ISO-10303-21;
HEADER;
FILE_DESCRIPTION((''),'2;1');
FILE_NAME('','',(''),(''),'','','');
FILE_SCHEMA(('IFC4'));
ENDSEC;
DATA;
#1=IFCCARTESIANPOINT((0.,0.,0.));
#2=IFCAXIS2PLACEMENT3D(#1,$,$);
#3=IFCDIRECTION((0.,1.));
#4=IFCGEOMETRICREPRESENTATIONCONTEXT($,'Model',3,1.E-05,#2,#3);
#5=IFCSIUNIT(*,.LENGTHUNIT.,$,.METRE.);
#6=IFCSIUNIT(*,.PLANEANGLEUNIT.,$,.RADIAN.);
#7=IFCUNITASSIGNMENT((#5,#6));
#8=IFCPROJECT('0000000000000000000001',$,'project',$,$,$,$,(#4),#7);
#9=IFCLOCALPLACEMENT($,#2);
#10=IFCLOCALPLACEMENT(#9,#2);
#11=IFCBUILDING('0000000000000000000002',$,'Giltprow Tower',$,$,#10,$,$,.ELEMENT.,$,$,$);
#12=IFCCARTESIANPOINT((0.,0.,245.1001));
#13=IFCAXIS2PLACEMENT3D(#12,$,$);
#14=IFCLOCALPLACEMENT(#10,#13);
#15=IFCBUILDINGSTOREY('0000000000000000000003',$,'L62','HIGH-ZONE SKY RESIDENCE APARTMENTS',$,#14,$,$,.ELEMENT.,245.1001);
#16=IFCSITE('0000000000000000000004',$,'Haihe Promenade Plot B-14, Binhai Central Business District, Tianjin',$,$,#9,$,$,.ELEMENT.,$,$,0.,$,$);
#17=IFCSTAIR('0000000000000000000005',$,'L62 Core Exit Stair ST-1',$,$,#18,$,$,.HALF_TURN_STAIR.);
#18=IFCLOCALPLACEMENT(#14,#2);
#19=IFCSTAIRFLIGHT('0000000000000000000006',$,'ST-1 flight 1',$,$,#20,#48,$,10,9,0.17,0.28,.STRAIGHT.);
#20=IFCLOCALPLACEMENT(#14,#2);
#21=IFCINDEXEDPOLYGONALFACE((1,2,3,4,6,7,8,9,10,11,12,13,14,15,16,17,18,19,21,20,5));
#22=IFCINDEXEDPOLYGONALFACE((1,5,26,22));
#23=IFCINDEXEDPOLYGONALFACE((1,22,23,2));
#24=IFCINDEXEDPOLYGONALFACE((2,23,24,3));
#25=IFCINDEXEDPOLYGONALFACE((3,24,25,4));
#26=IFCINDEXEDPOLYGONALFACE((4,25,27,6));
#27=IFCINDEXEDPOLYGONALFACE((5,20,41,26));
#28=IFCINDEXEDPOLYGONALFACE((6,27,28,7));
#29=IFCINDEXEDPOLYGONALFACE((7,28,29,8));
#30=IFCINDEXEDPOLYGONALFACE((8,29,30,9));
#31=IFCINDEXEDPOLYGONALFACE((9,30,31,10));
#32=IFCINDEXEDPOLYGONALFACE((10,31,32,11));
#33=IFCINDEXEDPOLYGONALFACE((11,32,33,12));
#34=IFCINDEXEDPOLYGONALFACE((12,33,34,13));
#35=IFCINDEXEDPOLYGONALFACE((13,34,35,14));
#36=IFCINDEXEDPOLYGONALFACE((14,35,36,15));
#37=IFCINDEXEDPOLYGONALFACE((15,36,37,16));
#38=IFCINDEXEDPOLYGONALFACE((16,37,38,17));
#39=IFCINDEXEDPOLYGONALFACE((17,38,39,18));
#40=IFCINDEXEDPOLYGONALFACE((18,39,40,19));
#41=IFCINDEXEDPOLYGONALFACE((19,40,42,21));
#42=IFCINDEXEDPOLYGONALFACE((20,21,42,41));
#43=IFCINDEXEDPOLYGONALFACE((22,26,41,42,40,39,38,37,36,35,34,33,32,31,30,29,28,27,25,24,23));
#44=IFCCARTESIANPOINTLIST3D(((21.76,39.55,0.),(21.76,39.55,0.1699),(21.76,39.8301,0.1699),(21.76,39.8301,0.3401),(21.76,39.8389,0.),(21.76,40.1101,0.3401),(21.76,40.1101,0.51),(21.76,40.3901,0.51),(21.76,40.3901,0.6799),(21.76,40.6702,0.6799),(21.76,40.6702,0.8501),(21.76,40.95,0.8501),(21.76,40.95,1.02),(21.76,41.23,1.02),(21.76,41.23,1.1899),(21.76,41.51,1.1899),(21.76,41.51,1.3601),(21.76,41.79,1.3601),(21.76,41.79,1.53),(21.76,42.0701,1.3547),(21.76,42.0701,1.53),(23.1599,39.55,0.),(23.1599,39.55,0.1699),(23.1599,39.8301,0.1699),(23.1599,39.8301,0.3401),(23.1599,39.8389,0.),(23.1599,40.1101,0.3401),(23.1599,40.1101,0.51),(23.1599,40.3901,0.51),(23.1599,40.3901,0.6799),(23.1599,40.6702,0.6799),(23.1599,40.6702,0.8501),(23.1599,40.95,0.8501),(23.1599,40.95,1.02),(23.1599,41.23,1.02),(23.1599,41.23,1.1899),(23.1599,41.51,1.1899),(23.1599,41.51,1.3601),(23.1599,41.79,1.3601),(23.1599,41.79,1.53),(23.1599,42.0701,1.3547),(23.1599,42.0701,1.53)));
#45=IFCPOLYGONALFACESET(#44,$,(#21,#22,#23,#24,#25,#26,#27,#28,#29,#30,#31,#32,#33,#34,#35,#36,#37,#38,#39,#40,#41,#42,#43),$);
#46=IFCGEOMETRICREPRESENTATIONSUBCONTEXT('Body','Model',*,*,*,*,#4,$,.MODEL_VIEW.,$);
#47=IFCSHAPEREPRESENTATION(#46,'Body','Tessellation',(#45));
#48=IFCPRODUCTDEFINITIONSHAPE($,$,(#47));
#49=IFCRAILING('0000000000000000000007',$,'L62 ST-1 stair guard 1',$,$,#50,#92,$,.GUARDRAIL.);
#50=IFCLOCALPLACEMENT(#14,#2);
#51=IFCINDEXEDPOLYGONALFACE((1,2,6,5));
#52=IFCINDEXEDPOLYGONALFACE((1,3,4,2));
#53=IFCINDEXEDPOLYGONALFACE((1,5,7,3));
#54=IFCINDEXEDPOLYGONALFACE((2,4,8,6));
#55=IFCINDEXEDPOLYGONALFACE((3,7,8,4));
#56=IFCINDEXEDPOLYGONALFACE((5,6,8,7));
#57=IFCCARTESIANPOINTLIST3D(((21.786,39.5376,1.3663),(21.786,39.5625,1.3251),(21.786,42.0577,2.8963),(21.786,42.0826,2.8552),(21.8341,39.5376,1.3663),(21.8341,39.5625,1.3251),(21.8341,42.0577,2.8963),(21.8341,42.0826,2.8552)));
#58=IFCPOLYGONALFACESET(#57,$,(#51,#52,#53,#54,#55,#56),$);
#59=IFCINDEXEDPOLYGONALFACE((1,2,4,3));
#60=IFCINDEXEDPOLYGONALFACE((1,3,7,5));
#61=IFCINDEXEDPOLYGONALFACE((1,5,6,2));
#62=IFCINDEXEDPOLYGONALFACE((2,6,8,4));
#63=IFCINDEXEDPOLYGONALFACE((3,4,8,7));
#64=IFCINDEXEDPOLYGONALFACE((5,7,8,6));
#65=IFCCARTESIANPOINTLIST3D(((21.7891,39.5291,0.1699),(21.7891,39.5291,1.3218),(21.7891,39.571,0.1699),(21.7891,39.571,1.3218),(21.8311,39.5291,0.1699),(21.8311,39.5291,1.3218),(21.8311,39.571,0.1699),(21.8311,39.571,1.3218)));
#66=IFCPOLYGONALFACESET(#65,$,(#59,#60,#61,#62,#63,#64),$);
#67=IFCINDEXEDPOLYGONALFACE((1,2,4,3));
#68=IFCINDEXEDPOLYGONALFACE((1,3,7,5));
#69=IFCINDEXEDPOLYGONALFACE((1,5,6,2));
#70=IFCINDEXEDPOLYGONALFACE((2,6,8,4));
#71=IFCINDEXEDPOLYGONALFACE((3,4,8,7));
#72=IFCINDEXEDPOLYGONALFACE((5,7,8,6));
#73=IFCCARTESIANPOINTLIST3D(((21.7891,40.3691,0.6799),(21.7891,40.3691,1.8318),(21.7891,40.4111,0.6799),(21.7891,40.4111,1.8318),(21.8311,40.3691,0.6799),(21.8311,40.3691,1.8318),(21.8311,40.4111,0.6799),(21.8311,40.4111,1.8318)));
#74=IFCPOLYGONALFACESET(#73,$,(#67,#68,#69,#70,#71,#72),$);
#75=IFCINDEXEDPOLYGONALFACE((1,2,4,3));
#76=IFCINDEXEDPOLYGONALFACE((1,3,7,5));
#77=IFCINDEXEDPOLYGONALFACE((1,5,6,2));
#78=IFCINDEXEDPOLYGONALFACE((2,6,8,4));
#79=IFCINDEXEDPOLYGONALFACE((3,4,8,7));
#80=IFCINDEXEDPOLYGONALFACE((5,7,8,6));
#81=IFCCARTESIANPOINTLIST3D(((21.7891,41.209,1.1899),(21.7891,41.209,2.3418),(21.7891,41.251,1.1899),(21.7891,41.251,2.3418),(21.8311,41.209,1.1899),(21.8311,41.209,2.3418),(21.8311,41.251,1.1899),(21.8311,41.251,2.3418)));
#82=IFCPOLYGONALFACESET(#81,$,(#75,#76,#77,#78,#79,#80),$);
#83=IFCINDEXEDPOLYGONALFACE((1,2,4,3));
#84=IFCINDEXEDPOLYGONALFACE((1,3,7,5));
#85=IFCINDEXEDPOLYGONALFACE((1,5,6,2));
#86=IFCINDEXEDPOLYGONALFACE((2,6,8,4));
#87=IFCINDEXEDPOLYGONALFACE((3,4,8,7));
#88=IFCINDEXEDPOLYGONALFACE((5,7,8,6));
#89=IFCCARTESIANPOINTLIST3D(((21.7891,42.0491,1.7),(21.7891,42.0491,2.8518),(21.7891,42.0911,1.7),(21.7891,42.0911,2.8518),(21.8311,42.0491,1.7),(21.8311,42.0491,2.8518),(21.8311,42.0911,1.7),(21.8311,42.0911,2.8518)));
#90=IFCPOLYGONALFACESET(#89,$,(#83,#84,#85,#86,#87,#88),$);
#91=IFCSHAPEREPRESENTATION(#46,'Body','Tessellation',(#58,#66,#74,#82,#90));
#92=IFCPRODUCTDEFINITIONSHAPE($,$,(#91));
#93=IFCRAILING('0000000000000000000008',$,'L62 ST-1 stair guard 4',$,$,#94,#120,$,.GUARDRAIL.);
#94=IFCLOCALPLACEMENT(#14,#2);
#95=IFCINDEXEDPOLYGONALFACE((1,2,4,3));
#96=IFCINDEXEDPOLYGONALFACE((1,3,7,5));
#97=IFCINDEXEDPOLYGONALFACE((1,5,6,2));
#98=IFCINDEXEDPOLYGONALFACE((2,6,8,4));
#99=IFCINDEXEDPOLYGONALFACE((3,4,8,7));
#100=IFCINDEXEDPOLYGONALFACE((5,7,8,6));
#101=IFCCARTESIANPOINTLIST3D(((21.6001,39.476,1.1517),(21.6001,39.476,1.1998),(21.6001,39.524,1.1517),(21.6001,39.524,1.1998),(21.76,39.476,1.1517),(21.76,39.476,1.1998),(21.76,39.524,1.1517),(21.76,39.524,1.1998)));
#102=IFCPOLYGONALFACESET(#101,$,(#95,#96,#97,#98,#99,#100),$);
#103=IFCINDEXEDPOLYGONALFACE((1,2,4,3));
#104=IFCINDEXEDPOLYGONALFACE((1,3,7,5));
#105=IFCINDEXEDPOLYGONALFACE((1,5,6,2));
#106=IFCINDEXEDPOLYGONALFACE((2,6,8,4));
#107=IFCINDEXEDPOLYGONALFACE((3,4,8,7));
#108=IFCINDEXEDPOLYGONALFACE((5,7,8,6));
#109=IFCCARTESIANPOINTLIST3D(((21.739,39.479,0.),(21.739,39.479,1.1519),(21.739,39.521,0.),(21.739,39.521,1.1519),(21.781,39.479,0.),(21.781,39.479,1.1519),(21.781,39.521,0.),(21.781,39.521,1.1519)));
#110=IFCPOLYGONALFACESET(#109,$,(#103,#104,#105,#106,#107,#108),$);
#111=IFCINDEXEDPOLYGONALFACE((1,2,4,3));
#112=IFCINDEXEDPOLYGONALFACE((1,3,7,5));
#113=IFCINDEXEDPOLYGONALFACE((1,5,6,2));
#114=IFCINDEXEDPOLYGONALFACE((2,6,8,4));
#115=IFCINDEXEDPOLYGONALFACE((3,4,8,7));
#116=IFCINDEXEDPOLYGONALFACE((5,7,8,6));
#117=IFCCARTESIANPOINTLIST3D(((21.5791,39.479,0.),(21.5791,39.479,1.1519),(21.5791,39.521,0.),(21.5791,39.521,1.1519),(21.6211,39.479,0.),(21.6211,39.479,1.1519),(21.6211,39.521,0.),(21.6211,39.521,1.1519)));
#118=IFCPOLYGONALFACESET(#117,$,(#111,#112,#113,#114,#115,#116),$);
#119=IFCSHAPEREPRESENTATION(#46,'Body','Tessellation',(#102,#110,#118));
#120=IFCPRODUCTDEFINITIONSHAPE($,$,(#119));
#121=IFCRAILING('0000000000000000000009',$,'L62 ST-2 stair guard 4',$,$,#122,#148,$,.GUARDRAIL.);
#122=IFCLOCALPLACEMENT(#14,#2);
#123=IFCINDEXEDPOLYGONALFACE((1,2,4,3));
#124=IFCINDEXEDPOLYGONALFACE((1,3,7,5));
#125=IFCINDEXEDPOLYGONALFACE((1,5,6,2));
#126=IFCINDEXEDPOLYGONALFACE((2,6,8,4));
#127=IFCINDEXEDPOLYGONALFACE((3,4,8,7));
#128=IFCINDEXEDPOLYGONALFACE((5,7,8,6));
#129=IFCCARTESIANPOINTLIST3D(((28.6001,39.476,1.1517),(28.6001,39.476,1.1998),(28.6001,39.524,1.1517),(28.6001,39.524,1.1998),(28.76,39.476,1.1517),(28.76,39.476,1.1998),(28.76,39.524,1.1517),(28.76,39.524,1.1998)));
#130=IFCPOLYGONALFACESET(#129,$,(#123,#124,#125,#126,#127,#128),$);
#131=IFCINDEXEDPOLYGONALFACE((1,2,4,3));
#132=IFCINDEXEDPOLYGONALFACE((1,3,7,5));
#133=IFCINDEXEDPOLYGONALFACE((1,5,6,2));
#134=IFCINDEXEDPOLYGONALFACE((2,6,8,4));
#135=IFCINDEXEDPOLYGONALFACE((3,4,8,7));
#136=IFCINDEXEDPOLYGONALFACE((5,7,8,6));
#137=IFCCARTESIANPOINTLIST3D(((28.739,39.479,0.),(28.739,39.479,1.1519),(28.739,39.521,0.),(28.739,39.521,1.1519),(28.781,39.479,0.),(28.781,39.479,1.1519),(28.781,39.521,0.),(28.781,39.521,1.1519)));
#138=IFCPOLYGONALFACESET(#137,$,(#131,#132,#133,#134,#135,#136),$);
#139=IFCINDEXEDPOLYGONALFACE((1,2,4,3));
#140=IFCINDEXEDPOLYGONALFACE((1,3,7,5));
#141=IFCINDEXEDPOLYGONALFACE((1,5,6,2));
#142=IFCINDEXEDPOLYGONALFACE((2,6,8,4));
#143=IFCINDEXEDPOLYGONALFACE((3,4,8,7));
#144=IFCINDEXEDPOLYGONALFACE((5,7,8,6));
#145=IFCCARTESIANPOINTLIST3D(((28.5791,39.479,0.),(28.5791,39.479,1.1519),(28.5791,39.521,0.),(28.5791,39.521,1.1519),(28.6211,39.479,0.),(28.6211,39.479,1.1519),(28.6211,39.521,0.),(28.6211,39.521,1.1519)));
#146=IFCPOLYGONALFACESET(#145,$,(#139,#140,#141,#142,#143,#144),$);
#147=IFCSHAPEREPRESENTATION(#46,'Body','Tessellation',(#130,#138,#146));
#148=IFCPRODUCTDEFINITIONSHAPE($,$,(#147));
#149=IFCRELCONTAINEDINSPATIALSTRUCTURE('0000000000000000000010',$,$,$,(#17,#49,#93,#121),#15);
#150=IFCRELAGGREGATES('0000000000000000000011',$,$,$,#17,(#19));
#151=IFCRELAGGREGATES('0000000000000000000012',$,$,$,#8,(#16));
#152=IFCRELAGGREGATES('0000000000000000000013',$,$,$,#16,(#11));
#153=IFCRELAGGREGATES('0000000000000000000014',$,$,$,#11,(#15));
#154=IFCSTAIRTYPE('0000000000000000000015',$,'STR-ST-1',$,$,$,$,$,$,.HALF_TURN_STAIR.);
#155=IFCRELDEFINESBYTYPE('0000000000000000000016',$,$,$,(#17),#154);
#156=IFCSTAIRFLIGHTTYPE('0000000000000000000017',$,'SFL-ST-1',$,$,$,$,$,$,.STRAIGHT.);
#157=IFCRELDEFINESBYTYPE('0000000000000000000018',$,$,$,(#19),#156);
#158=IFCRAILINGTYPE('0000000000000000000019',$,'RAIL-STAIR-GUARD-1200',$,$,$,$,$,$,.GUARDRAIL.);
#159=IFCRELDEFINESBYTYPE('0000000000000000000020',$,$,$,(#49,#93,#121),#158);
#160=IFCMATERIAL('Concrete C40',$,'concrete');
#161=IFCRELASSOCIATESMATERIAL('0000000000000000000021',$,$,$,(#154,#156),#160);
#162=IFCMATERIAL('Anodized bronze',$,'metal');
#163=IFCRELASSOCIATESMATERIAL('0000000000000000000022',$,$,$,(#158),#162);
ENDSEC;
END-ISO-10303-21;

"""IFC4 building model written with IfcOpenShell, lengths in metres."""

from ifc_helpers import new_model, si_unit, direction, frame, origin, origin_2d, place, context, subcontext, project, spatial, polyline, rectangle, outline, extrude, material, type_object, element, aggregate, save


model = new_model("IFC4")

# Units and contexts
model_context = context("Model", 3, precision=1e-05, world=origin(), true_north=direction((0.0, 1.0)))
body_context = subcontext(model_context, "Body", "Model", "MODEL_VIEW")
ifc_project = project(units=[si_unit("LENGTHUNIT", "METRE"), si_unit("PLANEANGLEUNIT", "RADIAN")], contexts=[model_context])

# Site, building, storey
site_placement = place(None, origin())
site = spatial("IfcSite", under=ifc_project, at=site_placement, Name="Haihe Promenade Plot B-14, Binhai Central Business District, Tianjin", CompositionType="ELEMENT", RefElevation=0.0)
building_placement = place(site_placement, origin())
building = spatial("IfcBuilding", under=site, at=building_placement, Name="Giltprow Tower", CompositionType="ELEMENT")
storey_placement = place(building_placement, frame((0.0, 0.0, 245.1001)))
storey = spatial("IfcBuildingStorey", under=building, at=storey_placement, Name="L62", Description="HIGH-ZONE SKY RESIDENCE APARTMENTS", CompositionType="ELEMENT", Elevation=245.1001)

# Shared definitions
ifc_material_1 = material(Name="Concrete C40", Category="concrete")

# Stair, stair flight
stair_type = type_object("IfcStairType", Name="STR-ST-1", PredefinedType="HALF_TURN_STAIR", material=ifc_material_1)
stair_placement = place(storey_placement, origin())
stair = element("IfcStair", 1, at=stair_placement, inside=storey, type_object=stair_type, Name="L62 Core Exit Stair ST-1", PredefinedType="HALF_TURN_STAIR")
stair_flight_type = type_object("IfcStairFlightType", Name="SFL-ST-1", PredefinedType="STRAIGHT", material=ifc_material_1)
stair_flight_placement = place(storey_placement, frame((22.46, 39.55, 0.0), z_axis=(0.0, 0.0, 1.0), x_axis=(0.0, 1.0, 0.0)))
stair_flight = element("IfcStairFlight", 2, at=stair_flight_placement, type_object=stair_flight_type, Name="ST-1 flight 1", NumberOfRisers=10, NumberOfTreads=9, PredefinedType="STRAIGHT", RiserHeight=0.17, TreadLength=0.28, context=body_context, shape_type="SweptSolid", body=[
    extrude(outline(polyline([(0.0, 0.0), (0.0, 0.1699), (0.28, 0.1699), (0.28, 0.3401), (0.5601, 0.3401), (0.5601, 0.51), (0.8401, 0.51), (0.8401, 0.6799), (1.1201, 0.6799), (1.1201, 0.8501), (1.3999, 0.8501), (1.3999, 1.02), (1.6799, 1.02), (1.6799, 1.1899), (1.96, 1.1899), (1.96, 1.3601), (2.24, 1.3601), (2.24, 1.53), (2.52, 1.53), (2.52, 1.7), (2.52, 1.3547), (0.2888, 0.0), (0.0, 0.0)])), frame((0.0, 0.7, 0.0), z_axis=(0.0, -1.0, 0.0), x_axis=(1.0, 0.0, 0.0)), (0.0, 0.0, 1.0), 1.3999),
])
aggregate(stair, [stair_flight])

# Railings
ifc_material_2 = material(Name="Anodized bronze", Category="metal")
railing_type = type_object("IfcRailingType", Name="RAIL-STAIR-GUARD-1200", PredefinedType="GUARDRAIL", material=ifc_material_2)
railing_placement = place(storey_placement, frame((21.8101, 39.55, 0.1699)))
element("IfcRailing", 3, at=railing_placement, inside=storey, type_object=railing_type, Name="L62 ST-1 stair guard 1", PredefinedType="GUARDRAIL", context=body_context, shape_type="SweptSolid", body=[
    extrude(rectangle(XDim=0.0481, YDim=0.0481, at=origin_2d()), frame((0.0, 0.0, 1.1758), z_axis=(0.0, 0.854785, 0.518982), x_axis=(-1.0, 0.0, 0.0)), (0.0, 0.0, 1.0), 2.9482),
    extrude(rectangle(XDim=0.042, YDim=0.042, at=origin_2d()), origin(), (0.0, 0.0, 1.0), 1.1519),
    extrude(rectangle(XDim=0.042, YDim=0.042, at=origin_2d()), frame((0.0, 0.8401, 0.51)), (0.0, 0.0, 1.0), 1.1519),
    extrude(rectangle(XDim=0.042, YDim=0.042, at=origin_2d()), frame((0.0, 1.6799, 1.02)), (0.0, 0.0, 1.0), 1.1519),
    extrude(rectangle(XDim=0.042, YDim=0.042, at=origin_2d()), frame((0.0, 2.52, 1.53)), (0.0, 0.0, 1.0), 1.1519),
])
for number, where, name in (
    (4, (21.76, 39.5, 0.0), "L62 ST-1 stair guard 4"),
    (5, (28.76, 39.5, 0.0), "L62 ST-2 stair guard 4"),
):
    element("IfcRailing", number, at=place(storey_placement, frame(where)), inside=storey, type_object=railing_type, Name=name, PredefinedType="GUARDRAIL", context=body_context, shape_type="SweptSolid", body=[
        extrude(rectangle(XDim=0.0481, YDim=0.0481, at=origin_2d()), frame((0.0, 0.0, 1.1758), z_axis=(-1.0, 0.0, 0.0), x_axis=(0.0, -1.0, 0.0)), (0.0, 0.0, 1.0), 0.1599),
        extrude(rectangle(XDim=0.042, YDim=0.042, at=origin_2d()), origin(), (0.0, 0.0, 1.0), 1.1519),
        extrude(rectangle(XDim=0.042, YDim=0.042, at=origin_2d()), frame((-0.1599, 0.0, 0.0)), (0.0, 0.0, 1.0), 1.1519),
    ])

save(model, "model.ifc")
